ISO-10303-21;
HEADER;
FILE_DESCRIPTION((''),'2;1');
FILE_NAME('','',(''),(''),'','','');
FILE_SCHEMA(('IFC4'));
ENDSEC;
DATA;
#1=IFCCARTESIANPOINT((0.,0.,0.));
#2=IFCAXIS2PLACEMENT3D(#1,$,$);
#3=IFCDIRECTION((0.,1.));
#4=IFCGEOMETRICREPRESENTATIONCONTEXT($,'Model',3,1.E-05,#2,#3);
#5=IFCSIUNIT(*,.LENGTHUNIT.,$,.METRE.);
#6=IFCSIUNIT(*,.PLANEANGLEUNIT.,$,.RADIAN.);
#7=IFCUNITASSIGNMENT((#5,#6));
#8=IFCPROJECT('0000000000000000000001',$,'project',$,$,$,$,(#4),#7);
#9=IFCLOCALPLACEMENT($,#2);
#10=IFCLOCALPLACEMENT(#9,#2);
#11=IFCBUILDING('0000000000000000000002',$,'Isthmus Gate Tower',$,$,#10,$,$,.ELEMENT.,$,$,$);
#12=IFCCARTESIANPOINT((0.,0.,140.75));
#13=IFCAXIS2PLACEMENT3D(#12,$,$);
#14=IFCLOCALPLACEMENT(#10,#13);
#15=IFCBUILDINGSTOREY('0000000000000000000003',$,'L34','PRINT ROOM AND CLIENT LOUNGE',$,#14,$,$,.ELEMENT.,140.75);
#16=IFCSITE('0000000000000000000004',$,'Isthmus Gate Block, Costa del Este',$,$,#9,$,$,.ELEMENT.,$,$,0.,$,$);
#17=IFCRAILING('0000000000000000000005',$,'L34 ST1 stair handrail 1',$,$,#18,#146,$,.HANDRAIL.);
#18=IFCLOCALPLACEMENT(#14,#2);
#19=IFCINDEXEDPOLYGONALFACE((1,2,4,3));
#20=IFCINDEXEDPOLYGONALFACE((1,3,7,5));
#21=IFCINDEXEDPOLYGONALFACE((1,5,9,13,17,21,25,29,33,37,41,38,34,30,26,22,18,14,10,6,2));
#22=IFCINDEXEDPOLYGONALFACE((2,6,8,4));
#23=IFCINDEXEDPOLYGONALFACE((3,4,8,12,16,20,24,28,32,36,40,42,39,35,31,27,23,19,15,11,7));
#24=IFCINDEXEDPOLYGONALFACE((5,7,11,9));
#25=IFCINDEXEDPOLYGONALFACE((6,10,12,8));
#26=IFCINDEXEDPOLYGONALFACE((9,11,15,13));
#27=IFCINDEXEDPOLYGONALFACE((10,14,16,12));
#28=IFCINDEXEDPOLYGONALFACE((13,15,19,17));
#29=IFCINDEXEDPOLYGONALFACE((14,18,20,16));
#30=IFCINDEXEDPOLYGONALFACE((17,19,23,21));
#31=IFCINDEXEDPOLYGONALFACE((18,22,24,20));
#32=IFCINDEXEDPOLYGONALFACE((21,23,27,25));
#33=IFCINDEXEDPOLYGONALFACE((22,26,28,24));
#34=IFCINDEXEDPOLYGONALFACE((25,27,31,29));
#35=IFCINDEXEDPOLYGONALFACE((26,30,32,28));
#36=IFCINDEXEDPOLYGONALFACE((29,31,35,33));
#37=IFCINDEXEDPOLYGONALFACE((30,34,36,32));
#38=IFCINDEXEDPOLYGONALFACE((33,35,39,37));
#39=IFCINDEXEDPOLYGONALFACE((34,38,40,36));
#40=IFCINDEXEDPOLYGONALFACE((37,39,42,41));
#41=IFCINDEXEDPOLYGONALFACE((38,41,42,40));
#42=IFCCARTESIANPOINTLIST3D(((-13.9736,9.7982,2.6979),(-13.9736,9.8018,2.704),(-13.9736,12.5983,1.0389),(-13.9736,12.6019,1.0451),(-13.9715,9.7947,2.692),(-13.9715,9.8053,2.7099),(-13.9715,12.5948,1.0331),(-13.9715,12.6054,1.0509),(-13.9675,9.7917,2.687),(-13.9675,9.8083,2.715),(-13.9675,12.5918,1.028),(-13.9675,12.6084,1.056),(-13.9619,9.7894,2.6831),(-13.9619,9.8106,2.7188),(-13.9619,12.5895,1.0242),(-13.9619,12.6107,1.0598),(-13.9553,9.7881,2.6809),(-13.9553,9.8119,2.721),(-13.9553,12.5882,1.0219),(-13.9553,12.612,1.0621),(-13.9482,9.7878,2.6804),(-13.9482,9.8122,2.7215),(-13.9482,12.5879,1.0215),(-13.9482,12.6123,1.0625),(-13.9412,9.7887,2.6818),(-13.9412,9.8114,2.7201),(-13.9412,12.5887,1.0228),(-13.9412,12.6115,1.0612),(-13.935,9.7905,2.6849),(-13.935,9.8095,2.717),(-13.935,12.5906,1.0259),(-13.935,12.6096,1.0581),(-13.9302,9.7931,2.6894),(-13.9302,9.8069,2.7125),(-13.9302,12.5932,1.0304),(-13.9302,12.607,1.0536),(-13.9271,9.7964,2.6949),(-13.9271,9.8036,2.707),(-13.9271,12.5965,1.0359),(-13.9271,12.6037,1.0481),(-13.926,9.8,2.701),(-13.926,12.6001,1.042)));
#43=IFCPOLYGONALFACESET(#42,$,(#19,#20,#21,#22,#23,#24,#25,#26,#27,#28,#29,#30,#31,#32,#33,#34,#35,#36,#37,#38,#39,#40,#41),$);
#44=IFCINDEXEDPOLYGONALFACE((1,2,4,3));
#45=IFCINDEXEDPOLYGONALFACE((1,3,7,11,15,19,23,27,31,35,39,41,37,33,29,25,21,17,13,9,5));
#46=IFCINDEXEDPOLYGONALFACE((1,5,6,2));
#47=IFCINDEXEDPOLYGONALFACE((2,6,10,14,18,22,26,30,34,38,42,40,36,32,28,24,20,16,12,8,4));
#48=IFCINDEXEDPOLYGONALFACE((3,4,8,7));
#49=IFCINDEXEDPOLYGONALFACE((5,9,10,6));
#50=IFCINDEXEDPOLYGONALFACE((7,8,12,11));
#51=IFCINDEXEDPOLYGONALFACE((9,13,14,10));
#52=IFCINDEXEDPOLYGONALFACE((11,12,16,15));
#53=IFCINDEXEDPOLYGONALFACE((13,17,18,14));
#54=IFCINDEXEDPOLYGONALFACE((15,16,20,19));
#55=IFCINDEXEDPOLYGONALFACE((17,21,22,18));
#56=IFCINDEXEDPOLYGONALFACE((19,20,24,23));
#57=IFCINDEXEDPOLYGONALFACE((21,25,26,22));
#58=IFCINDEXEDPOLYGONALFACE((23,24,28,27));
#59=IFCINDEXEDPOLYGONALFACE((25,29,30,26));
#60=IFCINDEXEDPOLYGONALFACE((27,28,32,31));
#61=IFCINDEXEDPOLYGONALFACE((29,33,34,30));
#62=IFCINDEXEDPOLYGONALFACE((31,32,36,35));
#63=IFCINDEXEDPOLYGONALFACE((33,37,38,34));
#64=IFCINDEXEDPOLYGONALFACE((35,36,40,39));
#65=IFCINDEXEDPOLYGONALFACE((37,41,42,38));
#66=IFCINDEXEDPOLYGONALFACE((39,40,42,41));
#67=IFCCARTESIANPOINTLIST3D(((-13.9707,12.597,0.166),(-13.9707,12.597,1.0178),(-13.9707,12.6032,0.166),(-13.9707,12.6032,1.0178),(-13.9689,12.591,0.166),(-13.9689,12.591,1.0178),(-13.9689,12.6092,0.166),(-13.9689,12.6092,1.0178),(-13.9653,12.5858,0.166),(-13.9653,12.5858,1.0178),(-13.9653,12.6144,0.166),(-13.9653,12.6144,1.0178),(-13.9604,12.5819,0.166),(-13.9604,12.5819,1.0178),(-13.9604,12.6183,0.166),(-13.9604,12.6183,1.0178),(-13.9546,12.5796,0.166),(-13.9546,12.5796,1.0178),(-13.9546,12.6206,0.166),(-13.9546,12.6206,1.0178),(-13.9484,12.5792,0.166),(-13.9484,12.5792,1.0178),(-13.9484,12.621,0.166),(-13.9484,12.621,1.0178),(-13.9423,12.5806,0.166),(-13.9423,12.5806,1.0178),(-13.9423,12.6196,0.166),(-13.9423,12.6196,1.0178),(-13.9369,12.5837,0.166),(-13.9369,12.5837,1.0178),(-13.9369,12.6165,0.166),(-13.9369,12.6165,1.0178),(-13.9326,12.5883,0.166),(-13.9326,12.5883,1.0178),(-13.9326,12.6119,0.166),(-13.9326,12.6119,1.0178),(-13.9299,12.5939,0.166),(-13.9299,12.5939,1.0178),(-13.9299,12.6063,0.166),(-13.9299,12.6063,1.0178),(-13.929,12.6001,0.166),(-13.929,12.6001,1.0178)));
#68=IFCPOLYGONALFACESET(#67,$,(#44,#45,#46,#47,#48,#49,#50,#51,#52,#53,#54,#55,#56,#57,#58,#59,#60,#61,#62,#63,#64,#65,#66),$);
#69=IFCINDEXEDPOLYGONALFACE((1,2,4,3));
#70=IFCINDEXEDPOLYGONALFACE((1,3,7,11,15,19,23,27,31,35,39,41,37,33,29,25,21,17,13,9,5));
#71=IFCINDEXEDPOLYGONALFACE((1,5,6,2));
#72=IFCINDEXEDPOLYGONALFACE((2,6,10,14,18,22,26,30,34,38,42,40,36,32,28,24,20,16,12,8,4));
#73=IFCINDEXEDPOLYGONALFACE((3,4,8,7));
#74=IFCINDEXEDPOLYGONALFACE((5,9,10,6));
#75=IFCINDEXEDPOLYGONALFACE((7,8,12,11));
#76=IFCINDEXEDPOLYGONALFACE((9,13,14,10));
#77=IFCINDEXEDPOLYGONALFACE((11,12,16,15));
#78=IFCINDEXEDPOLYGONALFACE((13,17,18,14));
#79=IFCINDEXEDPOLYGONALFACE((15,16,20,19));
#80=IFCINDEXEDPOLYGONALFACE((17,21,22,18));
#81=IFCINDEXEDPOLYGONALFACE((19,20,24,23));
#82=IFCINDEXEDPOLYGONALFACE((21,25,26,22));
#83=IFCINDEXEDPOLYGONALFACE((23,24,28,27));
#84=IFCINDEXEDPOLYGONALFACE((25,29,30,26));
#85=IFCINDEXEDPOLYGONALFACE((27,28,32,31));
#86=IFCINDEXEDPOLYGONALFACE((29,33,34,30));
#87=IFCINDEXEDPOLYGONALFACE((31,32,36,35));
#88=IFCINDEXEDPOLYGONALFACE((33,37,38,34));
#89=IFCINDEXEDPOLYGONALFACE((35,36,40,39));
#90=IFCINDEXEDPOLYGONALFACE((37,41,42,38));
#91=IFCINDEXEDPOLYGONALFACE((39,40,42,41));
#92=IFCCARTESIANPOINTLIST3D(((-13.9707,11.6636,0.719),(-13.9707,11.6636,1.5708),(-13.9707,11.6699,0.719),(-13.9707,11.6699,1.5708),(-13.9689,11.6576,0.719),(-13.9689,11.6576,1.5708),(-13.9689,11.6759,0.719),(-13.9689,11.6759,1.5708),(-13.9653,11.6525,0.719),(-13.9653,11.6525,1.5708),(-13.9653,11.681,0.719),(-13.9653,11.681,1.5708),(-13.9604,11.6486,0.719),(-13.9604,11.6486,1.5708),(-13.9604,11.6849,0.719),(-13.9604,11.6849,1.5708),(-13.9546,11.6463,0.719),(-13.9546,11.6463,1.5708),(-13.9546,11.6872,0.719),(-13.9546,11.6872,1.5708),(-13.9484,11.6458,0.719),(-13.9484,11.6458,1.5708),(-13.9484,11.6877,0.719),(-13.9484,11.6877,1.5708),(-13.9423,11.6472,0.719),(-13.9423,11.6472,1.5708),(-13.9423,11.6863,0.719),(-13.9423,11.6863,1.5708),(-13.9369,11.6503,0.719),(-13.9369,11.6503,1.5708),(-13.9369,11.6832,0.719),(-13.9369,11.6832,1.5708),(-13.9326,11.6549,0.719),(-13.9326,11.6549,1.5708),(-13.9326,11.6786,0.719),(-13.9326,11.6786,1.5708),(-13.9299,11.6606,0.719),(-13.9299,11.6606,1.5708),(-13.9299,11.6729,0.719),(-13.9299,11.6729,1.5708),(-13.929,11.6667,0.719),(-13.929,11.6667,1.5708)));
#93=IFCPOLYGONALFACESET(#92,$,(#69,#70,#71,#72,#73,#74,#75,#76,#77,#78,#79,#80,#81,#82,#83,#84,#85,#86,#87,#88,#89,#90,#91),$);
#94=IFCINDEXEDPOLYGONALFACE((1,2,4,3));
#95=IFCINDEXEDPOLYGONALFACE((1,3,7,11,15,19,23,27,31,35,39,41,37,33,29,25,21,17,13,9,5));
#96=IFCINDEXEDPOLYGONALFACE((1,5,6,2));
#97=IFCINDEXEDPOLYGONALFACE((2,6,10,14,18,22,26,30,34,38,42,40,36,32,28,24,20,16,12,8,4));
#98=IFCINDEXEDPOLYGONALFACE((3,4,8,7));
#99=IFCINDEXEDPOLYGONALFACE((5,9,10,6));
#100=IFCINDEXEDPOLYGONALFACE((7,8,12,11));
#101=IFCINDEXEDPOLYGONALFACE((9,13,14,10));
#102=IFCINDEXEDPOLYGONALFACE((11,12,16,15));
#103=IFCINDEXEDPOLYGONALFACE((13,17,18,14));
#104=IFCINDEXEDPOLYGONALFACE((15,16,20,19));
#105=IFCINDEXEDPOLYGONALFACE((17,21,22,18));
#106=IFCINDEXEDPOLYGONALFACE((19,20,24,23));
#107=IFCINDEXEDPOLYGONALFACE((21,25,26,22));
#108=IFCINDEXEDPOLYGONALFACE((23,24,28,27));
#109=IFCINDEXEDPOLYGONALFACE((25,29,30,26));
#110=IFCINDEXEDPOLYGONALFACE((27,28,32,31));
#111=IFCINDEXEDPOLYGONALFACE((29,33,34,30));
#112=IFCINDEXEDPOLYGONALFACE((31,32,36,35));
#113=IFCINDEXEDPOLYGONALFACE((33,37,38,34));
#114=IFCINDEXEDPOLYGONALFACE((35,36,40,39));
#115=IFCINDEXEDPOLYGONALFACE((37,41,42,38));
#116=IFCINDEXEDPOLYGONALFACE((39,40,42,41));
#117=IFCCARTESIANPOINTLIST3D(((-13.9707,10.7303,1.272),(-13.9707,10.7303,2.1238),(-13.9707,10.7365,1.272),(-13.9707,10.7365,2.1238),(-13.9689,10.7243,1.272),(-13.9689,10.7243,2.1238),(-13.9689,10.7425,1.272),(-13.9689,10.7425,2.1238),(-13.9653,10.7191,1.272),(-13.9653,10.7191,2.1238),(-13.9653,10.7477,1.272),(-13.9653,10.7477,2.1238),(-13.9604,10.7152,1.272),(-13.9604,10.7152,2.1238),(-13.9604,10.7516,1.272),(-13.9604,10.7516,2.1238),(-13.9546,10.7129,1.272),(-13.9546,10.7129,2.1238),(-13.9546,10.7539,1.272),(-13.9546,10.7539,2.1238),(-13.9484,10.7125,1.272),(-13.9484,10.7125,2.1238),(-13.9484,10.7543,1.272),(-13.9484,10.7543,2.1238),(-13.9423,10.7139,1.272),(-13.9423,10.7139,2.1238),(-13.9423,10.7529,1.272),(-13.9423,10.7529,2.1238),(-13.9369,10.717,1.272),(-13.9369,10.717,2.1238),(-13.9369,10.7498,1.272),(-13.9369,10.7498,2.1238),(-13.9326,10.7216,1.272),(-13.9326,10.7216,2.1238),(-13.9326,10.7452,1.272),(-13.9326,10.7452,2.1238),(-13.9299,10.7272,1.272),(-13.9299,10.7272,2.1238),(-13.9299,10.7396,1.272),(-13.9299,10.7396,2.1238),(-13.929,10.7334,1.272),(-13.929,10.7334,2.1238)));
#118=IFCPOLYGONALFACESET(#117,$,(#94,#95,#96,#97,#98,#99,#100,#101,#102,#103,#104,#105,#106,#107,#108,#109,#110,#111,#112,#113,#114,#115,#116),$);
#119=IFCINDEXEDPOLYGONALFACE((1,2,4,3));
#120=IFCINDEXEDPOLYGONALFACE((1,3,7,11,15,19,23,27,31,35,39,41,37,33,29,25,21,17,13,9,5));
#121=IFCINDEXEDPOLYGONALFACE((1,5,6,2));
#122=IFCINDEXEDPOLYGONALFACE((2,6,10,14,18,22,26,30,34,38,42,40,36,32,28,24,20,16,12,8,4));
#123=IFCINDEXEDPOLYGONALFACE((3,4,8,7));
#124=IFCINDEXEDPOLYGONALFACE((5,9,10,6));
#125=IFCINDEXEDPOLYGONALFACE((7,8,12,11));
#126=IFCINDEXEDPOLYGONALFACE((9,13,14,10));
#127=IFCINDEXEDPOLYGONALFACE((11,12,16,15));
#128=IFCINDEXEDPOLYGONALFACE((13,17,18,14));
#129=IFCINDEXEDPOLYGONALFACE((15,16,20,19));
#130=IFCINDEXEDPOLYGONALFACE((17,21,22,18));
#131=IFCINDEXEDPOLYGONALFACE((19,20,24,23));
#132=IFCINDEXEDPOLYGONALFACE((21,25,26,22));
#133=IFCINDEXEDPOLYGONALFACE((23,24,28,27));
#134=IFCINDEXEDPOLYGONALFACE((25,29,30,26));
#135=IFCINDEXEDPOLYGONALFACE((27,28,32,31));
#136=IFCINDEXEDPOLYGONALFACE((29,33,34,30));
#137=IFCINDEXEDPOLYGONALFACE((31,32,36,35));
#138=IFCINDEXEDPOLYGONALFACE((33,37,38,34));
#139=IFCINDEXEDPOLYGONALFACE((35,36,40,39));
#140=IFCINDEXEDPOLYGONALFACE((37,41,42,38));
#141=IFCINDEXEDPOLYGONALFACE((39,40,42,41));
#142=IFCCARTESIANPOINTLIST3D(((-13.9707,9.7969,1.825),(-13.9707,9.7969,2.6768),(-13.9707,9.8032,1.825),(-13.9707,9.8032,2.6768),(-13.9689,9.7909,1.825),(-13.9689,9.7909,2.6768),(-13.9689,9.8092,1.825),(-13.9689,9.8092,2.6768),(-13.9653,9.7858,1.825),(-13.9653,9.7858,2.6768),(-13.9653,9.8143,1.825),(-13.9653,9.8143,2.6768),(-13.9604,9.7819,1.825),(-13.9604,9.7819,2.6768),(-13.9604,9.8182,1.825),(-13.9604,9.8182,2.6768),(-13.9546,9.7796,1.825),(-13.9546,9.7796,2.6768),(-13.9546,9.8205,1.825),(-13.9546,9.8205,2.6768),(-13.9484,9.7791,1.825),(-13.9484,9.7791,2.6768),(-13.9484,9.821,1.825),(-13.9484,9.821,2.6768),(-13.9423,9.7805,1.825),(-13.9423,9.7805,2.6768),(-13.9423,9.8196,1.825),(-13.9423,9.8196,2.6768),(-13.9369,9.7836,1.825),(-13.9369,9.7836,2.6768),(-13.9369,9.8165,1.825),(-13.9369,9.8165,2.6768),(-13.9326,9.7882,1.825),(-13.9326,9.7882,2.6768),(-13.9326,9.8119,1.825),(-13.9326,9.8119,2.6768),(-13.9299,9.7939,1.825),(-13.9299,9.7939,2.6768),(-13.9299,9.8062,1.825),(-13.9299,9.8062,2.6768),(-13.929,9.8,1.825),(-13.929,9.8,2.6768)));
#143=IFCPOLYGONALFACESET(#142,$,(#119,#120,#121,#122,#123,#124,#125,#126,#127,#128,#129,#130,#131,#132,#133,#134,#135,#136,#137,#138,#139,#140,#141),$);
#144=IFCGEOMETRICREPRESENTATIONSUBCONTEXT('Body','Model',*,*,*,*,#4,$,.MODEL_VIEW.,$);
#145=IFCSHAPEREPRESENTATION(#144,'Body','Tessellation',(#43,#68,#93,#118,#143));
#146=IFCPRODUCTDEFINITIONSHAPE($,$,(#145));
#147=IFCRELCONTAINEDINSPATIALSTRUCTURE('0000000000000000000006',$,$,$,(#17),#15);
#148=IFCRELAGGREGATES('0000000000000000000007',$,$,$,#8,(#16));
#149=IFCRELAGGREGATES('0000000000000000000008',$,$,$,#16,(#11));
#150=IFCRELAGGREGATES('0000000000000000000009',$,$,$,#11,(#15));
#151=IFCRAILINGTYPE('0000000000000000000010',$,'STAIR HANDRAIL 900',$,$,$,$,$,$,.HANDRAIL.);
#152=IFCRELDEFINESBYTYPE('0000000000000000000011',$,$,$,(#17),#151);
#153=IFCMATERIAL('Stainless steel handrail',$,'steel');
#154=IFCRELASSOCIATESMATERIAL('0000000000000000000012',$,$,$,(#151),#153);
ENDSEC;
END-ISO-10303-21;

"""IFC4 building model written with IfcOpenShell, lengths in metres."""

from ifc_helpers import new_model, si_unit, direction, frame, origin, origin_2d, place, context, subcontext, project, spatial, circle, extrude, material, type_object, element, save


model = new_model("IFC4")

# Units and contexts
model_context = context("Model", 3, precision=1e-05, world=origin(), true_north=direction((0.0, 1.0)))
body_context = subcontext(model_context, "Body", "Model", "MODEL_VIEW")
ifc_project = project(units=[si_unit("LENGTHUNIT", "METRE"), si_unit("PLANEANGLEUNIT", "RADIAN")], contexts=[model_context])

# Site, building, storey
site_placement = place(None, origin())
site = spatial("IfcSite", under=ifc_project, at=site_placement, Name="Isthmus Gate Block, Costa del Este", CompositionType="ELEMENT", RefElevation=0.0)
building_placement = place(site_placement, origin())
building = spatial("IfcBuilding", under=site, at=building_placement, Name="Isthmus Gate Tower", CompositionType="ELEMENT")
storey_placement = place(building_placement, frame((0.0, 0.0, 140.75)))
storey = spatial("IfcBuildingStorey", under=building, at=storey_placement, Name="L34", Description="PRINT ROOM AND CLIENT LOUNGE", CompositionType="ELEMENT", Elevation=140.75)

# Railing
ifc_material_1 = material(Name="Stainless steel handrail", Category="steel")
railing_type_1 = type_object("IfcRailingType", Name="STAIR HANDRAIL 900", PredefinedType="HANDRAIL", material=ifc_material_1)
railing_1_placement = place(storey_placement, frame((-13.95, 12.6001, 0.166)))
element("IfcRailing", 1, at=railing_1_placement, inside=storey, type_object=railing_type_1, Name="L34 ST1 stair handrail 1", PredefinedType="HANDRAIL", context=body_context, shape_type="SweptSolid", body=[
    extrude(circle(Radius=0.0239, at=origin_2d()), frame((0.0, 0.0, 0.876), z_axis=(0.0, -0.860339, 0.509722), x_axis=(1.0, 0.0, 0.0)), (0.0, 0.0, 1.0), 3.2546),
    extrude(circle(Radius=0.021, at=origin_2d()), origin(), (0.0, 0.0, 1.0), 0.8518),
    extrude(circle(Radius=0.021, at=origin_2d()), frame((0.0, -0.9333, 0.553)), (0.0, 0.0, 1.0), 0.8518),
    extrude(circle(Radius=0.021, at=origin_2d()), frame((0.0, -1.8667, 1.106)), (0.0, 0.0, 1.0), 0.8518),
    extrude(circle(Radius=0.021, at=origin_2d()), frame((0.0, -2.8, 1.6589)), (0.0, 0.0, 1.0), 0.8518),
])

save(model, "model.ifc")
